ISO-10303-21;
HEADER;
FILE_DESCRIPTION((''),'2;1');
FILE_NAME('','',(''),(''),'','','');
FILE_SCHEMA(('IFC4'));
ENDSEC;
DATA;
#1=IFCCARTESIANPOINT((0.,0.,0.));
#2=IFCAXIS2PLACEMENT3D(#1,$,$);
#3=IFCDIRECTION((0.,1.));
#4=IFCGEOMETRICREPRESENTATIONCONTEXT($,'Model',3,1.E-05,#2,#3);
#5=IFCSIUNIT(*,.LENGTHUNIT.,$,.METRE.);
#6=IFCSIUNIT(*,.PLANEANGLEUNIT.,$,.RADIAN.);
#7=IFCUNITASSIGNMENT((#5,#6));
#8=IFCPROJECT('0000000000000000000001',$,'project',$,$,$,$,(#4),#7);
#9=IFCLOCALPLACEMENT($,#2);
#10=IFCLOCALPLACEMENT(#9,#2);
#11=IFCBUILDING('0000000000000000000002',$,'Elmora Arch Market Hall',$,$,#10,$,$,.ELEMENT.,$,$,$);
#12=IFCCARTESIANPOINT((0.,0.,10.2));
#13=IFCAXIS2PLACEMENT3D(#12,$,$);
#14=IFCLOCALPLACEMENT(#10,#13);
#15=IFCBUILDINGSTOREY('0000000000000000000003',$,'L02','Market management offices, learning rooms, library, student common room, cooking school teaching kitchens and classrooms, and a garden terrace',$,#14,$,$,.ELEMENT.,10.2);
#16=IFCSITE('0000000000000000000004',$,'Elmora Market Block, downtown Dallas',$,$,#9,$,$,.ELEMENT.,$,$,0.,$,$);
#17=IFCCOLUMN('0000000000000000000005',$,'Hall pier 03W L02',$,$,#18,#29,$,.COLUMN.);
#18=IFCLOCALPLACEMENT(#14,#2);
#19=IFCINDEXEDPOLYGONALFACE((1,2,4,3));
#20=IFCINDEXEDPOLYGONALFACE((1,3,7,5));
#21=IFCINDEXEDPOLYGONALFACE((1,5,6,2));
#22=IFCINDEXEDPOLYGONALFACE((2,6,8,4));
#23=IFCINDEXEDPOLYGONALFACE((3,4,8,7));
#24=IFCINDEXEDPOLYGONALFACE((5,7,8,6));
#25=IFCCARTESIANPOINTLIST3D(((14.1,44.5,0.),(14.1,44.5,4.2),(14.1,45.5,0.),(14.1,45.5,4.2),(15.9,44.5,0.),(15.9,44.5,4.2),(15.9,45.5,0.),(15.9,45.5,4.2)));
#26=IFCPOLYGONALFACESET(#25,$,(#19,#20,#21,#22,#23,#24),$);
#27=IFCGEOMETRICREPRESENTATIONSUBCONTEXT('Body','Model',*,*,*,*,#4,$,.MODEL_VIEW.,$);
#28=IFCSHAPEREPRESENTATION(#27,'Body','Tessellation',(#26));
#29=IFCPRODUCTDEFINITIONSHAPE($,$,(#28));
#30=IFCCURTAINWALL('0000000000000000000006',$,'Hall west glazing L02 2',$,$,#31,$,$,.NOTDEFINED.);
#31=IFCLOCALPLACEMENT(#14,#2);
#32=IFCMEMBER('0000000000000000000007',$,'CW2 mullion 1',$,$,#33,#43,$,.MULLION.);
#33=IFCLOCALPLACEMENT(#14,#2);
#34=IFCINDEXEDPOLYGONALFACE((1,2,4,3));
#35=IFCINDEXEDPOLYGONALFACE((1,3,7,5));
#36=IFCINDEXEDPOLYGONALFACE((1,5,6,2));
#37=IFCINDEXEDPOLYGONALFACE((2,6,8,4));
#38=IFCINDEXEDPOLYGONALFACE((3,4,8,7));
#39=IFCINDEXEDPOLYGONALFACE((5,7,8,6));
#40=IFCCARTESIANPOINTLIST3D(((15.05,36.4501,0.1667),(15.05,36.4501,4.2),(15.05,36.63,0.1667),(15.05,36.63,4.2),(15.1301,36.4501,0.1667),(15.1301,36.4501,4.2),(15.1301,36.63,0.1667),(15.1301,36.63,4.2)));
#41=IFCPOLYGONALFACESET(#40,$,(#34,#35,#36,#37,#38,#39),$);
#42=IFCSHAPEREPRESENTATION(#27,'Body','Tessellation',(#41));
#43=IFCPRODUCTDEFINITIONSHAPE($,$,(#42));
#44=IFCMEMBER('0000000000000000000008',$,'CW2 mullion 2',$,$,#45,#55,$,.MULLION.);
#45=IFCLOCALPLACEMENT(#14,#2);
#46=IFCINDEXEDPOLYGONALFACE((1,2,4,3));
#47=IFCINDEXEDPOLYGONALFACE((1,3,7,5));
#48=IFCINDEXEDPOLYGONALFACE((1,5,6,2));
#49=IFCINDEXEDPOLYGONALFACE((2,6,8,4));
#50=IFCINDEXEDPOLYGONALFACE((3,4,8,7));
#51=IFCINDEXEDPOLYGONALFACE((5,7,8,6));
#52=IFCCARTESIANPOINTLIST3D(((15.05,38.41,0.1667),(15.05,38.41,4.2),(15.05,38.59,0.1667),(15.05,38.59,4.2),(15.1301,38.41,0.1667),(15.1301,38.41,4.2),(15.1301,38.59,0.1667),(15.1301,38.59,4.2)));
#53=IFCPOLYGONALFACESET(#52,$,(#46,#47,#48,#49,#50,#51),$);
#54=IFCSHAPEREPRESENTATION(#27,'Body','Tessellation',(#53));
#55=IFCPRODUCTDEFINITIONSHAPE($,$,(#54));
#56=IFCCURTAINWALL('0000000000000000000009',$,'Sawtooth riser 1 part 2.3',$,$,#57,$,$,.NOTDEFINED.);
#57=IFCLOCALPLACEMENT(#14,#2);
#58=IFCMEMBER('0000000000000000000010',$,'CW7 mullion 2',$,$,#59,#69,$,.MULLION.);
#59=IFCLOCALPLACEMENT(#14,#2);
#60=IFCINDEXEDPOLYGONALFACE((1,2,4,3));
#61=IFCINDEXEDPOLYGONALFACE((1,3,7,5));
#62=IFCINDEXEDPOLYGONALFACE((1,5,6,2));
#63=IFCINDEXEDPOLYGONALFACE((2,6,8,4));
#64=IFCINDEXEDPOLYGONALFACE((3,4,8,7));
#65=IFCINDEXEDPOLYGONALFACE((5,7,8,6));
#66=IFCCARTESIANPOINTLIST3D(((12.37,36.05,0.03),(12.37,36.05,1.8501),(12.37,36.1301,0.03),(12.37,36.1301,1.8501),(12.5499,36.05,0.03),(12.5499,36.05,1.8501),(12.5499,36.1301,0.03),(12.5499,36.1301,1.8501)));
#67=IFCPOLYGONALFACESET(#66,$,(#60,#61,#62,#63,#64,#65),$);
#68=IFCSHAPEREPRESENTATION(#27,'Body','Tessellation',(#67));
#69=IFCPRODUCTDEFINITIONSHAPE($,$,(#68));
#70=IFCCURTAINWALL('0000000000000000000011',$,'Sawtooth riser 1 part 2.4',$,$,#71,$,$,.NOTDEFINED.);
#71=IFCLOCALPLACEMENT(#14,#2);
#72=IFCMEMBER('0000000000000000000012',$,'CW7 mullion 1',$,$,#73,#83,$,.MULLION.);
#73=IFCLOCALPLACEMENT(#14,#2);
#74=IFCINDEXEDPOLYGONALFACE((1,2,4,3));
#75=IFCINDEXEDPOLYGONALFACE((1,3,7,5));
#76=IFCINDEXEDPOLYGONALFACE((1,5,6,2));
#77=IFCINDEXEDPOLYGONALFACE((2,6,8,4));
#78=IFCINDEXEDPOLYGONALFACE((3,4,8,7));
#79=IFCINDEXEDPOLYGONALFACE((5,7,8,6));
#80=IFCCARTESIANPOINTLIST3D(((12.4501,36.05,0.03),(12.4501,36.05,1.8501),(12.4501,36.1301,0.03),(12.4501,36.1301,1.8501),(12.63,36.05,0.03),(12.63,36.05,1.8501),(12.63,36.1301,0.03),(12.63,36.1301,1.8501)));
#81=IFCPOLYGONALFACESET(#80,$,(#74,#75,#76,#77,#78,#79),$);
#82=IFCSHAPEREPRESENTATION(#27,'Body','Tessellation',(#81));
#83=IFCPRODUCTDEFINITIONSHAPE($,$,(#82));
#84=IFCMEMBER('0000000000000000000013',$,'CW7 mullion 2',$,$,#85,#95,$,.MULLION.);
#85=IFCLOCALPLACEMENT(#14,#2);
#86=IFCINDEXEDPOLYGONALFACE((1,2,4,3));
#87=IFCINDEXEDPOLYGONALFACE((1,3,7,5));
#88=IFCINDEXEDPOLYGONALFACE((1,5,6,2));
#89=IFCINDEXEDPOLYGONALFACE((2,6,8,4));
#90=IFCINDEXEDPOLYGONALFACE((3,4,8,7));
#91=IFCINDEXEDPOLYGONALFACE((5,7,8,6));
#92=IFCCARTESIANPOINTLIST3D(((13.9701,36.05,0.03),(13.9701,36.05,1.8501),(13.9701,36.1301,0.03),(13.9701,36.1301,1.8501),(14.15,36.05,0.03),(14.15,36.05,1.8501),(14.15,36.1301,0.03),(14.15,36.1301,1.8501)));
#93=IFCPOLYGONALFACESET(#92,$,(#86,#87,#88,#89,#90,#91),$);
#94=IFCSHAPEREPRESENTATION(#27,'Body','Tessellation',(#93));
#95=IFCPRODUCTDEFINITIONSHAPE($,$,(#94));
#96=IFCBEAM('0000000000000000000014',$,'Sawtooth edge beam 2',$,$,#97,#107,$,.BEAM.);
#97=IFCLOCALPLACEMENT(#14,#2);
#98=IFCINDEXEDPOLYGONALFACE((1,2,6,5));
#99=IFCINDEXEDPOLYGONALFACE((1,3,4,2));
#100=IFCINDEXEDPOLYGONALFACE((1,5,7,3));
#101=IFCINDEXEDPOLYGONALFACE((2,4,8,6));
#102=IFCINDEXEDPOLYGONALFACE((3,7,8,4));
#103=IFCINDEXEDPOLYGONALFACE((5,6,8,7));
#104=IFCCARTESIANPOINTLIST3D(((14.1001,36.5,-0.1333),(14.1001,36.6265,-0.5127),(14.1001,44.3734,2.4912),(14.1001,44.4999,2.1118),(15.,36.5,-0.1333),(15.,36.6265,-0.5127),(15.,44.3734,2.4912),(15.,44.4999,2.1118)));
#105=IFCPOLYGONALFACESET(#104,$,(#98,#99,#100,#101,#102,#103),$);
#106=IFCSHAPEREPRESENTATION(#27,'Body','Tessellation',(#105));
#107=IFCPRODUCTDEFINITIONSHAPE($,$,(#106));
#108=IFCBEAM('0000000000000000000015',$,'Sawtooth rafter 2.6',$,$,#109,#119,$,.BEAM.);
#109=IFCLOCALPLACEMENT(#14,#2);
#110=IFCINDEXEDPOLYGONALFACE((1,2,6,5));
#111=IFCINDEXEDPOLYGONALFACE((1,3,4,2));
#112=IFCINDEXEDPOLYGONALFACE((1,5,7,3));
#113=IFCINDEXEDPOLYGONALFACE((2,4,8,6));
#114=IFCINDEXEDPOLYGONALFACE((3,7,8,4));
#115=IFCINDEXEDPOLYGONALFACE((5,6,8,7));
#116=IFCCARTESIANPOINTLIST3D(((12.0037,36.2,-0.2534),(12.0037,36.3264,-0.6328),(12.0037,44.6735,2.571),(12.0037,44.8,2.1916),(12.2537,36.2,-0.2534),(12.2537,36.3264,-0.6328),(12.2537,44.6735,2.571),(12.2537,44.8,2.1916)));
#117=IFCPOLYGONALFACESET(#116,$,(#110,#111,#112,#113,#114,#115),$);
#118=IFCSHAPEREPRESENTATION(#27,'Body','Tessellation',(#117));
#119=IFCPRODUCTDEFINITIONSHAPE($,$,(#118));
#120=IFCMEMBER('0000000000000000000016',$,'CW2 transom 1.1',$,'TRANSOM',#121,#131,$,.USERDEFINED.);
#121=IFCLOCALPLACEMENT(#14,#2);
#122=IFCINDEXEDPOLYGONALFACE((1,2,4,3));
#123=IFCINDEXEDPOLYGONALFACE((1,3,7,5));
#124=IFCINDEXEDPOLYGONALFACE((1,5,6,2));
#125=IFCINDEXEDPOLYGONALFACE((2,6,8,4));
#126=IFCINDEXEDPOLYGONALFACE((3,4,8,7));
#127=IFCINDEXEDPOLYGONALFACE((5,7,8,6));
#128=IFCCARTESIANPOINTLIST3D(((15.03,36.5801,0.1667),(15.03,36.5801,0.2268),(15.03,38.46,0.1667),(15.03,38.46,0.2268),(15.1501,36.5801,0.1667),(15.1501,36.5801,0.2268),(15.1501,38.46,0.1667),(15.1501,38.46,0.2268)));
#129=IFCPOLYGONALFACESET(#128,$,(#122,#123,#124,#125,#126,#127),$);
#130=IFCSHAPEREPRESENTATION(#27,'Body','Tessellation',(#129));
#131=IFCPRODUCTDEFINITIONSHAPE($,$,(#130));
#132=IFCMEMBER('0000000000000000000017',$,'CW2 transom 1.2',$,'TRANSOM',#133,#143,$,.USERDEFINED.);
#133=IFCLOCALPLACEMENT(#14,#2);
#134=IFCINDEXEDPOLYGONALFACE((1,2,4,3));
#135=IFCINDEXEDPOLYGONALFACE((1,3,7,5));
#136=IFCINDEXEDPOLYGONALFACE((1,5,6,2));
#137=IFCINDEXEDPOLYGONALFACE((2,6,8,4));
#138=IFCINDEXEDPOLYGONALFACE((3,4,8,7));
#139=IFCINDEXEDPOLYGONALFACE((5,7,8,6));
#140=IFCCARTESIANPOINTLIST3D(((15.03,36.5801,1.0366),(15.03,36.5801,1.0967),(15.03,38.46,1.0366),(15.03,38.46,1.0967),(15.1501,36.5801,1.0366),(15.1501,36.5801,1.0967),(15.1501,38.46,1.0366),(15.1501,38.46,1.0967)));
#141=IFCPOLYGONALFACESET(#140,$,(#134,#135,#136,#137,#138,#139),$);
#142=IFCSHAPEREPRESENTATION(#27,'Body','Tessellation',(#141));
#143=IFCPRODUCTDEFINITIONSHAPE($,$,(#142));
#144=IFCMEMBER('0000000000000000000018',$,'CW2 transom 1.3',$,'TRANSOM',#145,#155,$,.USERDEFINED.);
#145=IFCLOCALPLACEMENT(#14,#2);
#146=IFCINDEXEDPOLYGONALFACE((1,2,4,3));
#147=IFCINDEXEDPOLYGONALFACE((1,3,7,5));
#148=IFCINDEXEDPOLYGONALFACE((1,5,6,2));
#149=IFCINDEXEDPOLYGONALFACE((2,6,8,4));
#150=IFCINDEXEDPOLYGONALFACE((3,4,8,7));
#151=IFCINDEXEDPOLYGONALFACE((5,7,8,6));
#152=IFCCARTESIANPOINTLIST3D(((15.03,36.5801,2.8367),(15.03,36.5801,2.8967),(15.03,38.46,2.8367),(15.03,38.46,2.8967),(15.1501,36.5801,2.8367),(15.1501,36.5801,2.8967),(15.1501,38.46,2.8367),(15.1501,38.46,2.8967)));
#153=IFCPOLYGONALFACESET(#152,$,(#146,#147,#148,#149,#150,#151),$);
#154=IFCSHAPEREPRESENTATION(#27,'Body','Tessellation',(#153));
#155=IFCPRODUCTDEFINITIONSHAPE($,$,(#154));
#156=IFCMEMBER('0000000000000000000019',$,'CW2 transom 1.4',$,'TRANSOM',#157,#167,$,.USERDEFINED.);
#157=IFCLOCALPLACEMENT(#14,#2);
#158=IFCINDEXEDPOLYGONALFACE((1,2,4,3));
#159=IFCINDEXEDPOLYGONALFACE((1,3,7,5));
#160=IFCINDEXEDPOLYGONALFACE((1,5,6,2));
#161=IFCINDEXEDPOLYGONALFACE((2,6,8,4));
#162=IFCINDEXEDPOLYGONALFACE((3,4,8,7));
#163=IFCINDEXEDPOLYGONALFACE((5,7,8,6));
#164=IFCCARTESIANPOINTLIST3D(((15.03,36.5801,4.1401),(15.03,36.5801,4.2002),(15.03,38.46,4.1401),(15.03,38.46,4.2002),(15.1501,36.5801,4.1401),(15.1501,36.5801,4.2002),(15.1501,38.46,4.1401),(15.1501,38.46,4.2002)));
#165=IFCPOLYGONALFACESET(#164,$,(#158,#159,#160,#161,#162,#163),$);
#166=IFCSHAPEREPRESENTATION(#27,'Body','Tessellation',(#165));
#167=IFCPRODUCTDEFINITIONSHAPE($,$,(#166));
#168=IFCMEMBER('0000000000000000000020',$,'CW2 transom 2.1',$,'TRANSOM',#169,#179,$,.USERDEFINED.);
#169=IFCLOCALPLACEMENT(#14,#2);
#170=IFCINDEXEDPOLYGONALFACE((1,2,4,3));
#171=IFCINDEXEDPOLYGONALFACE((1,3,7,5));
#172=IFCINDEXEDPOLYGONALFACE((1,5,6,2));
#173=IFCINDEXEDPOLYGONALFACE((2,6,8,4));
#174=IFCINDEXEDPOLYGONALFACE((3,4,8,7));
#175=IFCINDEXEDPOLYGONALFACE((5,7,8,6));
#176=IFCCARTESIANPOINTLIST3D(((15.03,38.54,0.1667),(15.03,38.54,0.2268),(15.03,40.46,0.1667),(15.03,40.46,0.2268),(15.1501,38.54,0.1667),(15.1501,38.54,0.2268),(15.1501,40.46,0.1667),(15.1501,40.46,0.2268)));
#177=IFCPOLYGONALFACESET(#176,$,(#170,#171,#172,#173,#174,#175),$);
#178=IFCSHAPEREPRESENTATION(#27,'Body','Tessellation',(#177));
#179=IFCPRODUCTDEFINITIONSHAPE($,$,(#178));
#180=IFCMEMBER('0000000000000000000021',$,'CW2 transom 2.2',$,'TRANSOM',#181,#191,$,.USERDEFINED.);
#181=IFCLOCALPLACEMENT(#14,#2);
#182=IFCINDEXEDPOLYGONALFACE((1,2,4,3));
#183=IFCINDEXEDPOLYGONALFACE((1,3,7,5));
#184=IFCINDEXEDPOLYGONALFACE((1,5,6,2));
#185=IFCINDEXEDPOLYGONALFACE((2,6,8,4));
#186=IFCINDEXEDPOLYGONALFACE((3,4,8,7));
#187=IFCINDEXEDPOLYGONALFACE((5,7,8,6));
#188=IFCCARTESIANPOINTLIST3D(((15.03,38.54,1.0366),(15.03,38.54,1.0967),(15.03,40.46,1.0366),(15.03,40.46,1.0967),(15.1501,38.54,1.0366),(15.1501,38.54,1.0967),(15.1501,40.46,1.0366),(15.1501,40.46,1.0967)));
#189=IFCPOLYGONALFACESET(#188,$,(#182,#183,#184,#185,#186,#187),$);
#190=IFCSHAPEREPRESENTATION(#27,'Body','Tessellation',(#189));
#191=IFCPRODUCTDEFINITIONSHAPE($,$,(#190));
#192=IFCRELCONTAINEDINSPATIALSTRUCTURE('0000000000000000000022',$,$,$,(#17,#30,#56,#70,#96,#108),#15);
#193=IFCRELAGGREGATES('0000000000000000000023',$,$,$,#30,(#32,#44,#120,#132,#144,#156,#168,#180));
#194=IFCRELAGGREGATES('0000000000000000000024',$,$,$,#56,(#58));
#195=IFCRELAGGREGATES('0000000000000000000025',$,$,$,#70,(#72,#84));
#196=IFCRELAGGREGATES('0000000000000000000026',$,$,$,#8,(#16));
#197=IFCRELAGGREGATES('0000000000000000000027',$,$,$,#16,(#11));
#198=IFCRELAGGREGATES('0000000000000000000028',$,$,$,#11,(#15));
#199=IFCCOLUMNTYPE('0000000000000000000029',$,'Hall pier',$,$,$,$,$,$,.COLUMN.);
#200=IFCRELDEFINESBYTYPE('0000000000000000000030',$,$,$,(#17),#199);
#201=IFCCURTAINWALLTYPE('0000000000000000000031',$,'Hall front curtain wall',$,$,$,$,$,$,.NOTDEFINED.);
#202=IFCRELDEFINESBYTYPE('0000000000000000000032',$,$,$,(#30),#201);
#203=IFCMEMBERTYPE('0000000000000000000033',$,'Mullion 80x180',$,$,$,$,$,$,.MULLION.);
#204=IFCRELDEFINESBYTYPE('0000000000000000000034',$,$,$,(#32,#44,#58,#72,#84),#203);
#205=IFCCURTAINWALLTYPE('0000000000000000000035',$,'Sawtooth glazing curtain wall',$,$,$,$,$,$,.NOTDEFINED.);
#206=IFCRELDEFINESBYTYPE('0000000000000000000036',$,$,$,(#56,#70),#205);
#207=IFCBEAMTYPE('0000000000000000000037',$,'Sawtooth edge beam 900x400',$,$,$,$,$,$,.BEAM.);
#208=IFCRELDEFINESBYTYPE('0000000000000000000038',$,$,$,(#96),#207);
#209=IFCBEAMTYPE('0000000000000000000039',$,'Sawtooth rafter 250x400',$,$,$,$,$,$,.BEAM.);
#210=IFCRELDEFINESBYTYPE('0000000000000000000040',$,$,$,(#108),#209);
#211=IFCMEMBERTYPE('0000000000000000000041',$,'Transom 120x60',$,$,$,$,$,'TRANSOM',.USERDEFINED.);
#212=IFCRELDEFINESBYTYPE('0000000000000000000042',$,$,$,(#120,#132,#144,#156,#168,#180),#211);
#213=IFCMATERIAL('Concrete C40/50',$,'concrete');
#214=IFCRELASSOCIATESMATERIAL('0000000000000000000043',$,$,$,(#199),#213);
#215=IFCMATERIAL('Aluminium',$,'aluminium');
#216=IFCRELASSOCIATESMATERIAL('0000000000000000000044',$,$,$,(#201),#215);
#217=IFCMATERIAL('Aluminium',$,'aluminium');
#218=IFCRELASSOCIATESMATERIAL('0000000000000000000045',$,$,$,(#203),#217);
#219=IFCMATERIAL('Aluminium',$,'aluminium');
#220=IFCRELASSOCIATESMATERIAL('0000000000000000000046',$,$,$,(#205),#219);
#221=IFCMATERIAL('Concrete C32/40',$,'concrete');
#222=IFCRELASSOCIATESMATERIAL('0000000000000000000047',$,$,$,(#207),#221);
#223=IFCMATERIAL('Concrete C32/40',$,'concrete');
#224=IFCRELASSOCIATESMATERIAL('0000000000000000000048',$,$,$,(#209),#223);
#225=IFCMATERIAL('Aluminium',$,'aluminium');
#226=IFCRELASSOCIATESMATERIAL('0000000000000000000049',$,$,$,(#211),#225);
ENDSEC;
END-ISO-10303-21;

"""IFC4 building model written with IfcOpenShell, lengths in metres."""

from ifc_helpers import new_model, si_unit, direction, frame, origin, origin_2d, place, context, subcontext, project, spatial, rectangle, extrude, material, material_profile, profile_set, type_object, element, aggregate, save


model = new_model("IFC4")

# Units and contexts
model_context = context("Model", 3, precision=1e-05, world=origin(), true_north=direction((0.0, 1.0)))
body_context = subcontext(model_context, "Body", "Model", "MODEL_VIEW")
ifc_project = project(units=[si_unit("LENGTHUNIT", "METRE"), si_unit("PLANEANGLEUNIT", "RADIAN")], contexts=[model_context])

# Site, building, storey
site_placement = place(None, origin())
site = spatial("IfcSite", under=ifc_project, at=site_placement, Name="Elmora Market Block, downtown Dallas", CompositionType="ELEMENT", RefElevation=0.0)
building_placement = place(site_placement, origin())
building = spatial("IfcBuilding", under=site, at=building_placement, Name="Elmora Arch Market Hall", CompositionType="ELEMENT")
storey_placement = place(building_placement, frame((0.0, 0.0, 10.2)))
storey = spatial("IfcBuildingStorey", under=building, at=storey_placement, Name="L02", Description="Market management offices, learning rooms, library, student common room, cooking school teaching kitchens and classrooms, and a garden terrace", CompositionType="ELEMENT", Elevation=10.2)

# Column
ifc_material_1 = material(Name="Concrete C40/50", Category="concrete")
ifc_material_profile_1 = material_profile(ifc_material_1, rectangle(XDim=1.8, YDim=1.0, at=origin_2d()), Name="Hall pier")
ifc_profile_set_1 = profile_set([ifc_material_profile_1], Name="Concrete C40/50")
column_type = type_object("IfcColumnType", Name="Hall pier", PredefinedType="COLUMN", material=ifc_profile_set_1)
column_placement = place(storey_placement, frame((15.0, 45.0, 0.0), z_axis=(0.0, 0.0, 1.0), x_axis=(1.0, 0.0, 0.0)))
element("IfcColumn", 1, at=column_placement, inside=storey, type_object=column_type, Name="Hall pier 03W L02", PredefinedType="COLUMN", context=body_context, shape_type="SweptSolid", body=[
    extrude(rectangle(XDim=1.8, YDim=1.0, at=origin_2d()), origin(), (0.0, 0.0, 1.0), 4.2),
])

# Curtain wall, members
ifc_material_2 = material(Name="Aluminium", Category="aluminium")
curtain_wall_type_1 = type_object("IfcCurtainWallType", Name="Hall front curtain wall", PredefinedType="NOTDEFINED", material=ifc_material_2)
curtain_wall_1_placement = place(storey_placement, origin())
curtain_wall_1 = element("IfcCurtainWall", 2, at=curtain_wall_1_placement, inside=storey, type_object=curtain_wall_type_1, Name="Hall west glazing L02 2", PredefinedType="NOTDEFINED")
ifc_material_3 = material(Name="Aluminium", Category="aluminium")
ifc_material_profile_2 = material_profile(ifc_material_3, rectangle(XDim=0.0801, YDim=0.1799, at=origin_2d()), Name="AL 80x180")
ifc_profile_set_2 = profile_set([ifc_material_profile_2], Name="Aluminium")
member_type_1 = type_object("IfcMemberType", Name="Mullion 80x180", PredefinedType="MULLION", material=ifc_profile_set_2)
member_1_placement = place(storey_placement, frame((15.0901, 36.54, 0.1667), z_axis=(0.0, 0.0, 1.0), x_axis=(-1.0, 0.0, 0.0)))
member_1 = element("IfcMember", 3, at=member_1_placement, type_object=member_type_1, Name="CW2 mullion 1", PredefinedType="MULLION", context=body_context, shape_type="SweptSolid", body=[
    extrude(rectangle(XDim=0.0801, YDim=0.1799, at=origin_2d()), origin(), (0.0, 0.0, 1.0), 4.0332),
])
member_2_placement = place(storey_placement, frame((15.0901, 38.5, 0.1667), z_axis=(0.0, 0.0, 1.0), x_axis=(-1.0, 0.0, 0.0)))
member_2 = element("IfcMember", 4, at=member_2_placement, type_object=member_type_1, Name="CW2 mullion 2", PredefinedType="MULLION", context=body_context, shape_type="SweptSolid", body=[
    extrude(rectangle(XDim=0.0801, YDim=0.1799, at=origin_2d()), origin(), (0.0, 0.0, 1.0), 4.0332),
])

# Curtain wall, member
ifc_material_4 = material(Name="Aluminium", Category="aluminium")
curtain_wall_type_2 = type_object("IfcCurtainWallType", Name="Sawtooth glazing curtain wall", PredefinedType="NOTDEFINED", material=ifc_material_4)
curtain_wall_2_placement = place(storey_placement, origin())
curtain_wall_2 = element("IfcCurtainWall", 5, at=curtain_wall_2_placement, inside=storey, type_object=curtain_wall_type_2, Name="Sawtooth riser 1 part 2.3", PredefinedType="NOTDEFINED")
member_3_placement = place(storey_placement, frame((12.46, 36.0901, 0.03), z_axis=(0.0, 0.0, 1.0), x_axis=(0.0, 1.0, 0.0)))
member_3 = element("IfcMember", 6, at=member_3_placement, type_object=member_type_1, Name="CW7 mullion 2", PredefinedType="MULLION", context=body_context, shape_type="SweptSolid", body=[
    extrude(rectangle(XDim=0.0801, YDim=0.1799, at=origin_2d()), origin(), (0.0, 0.0, 1.0), 1.8201),
])

# Curtain wall, members
curtain_wall_3_placement = place(storey_placement, origin())
curtain_wall_3 = element("IfcCurtainWall", 7, at=curtain_wall_3_placement, inside=storey, type_object=curtain_wall_type_2, Name="Sawtooth riser 1 part 2.4", PredefinedType="NOTDEFINED")
member_4_placement = place(storey_placement, frame((12.54, 36.0901, 0.03), z_axis=(0.0, 0.0, 1.0), x_axis=(0.0, 1.0, 0.0)))
member_4 = element("IfcMember", 8, at=member_4_placement, type_object=member_type_1, Name="CW7 mullion 1", PredefinedType="MULLION", context=body_context, shape_type="SweptSolid", body=[
    extrude(rectangle(XDim=0.0801, YDim=0.1799, at=origin_2d()), origin(), (0.0, 0.0, 1.0), 1.8201),
])
member_5_placement = place(storey_placement, frame((14.0601, 36.0901, 0.03), z_axis=(0.0, 0.0, 1.0), x_axis=(0.0, 1.0, 0.0)))
member_5 = element("IfcMember", 9, at=member_5_placement, type_object=member_type_1, Name="CW7 mullion 2", PredefinedType="MULLION", context=body_context, shape_type="SweptSolid", body=[
    extrude(rectangle(XDim=0.0801, YDim=0.1799, at=origin_2d()), origin(), (0.0, 0.0, 1.0), 1.8201),
])

# Beams
ifc_material_5 = material(Name="Concrete C32/40", Category="concrete")
ifc_material_profile_3 = material_profile(ifc_material_5, rectangle(XDim=0.8999, YDim=0.3999, at=origin_2d()), Name="Sawtooth edge beam 900x400")
ifc_profile_set_3 = profile_set([ifc_material_profile_3], Name="Concrete C32/40")
beam_type_1 = type_object("IfcBeamType", Name="Sawtooth edge beam 900x400", PredefinedType="BEAM", material=ifc_profile_set_3)
beam_1_placement = place(storey_placement, frame((14.55, 36.5632, -0.323), z_axis=(0.0, 0.948683, 0.316228), x_axis=(-1.0, 0.0, 0.0)))
element("IfcBeam", 10, at=beam_1_placement, inside=storey, type_object=beam_type_1, Name="Sawtooth edge beam 2", PredefinedType="BEAM", context=body_context, shape_type="SweptSolid", body=[
    extrude(rectangle(XDim=0.8999, YDim=0.3999, at=origin_2d()), origin(), (0.0, 0.0, 1.0), 8.2993),
])
ifc_material_6 = material(Name="Concrete C32/40", Category="concrete")
ifc_material_profile_4 = material_profile(ifc_material_6, rectangle(XDim=0.25, YDim=0.3999, at=origin_2d()), Name="Sawtooth rafter 250x400")
ifc_profile_set_4 = profile_set([ifc_material_profile_4], Name="Concrete C32/40")
beam_type_2 = type_object("IfcBeamType", Name="Sawtooth rafter 250x400", PredefinedType="BEAM", material=ifc_profile_set_4)
beam_2_placement = place(storey_placement, frame((12.1287, 36.2632, -0.4431), z_axis=(0.0, 0.948686, 0.31622), x_axis=(-1.0, 0.0, 0.0)))
element("IfcBeam", 11, at=beam_2_placement, inside=storey, type_object=beam_type_2, Name="Sawtooth rafter 2.6", PredefinedType="BEAM", context=body_context, shape_type="SweptSolid", body=[
    extrude(rectangle(XDim=0.25, YDim=0.3999, at=origin_2d()), origin(), (0.0, 0.0, 1.0), 8.9319),
])

# Members
ifc_material_7 = material(Name="Aluminium", Category="aluminium")
ifc_material_profile_5 = material_profile(ifc_material_7, rectangle(XDim=0.1201, YDim=0.0601, at=origin_2d()), Name="AL 120x60")
ifc_profile_set_5 = profile_set([ifc_material_profile_5], Name="Aluminium")
member_type_2 = type_object("IfcMemberType", Name="Transom 120x60", ElementType="TRANSOM", PredefinedType="USERDEFINED", material=ifc_profile_set_5)
member_6_placement = place(storey_placement, frame((15.0901, 36.5801, 0.1968), z_axis=(0.0, 1.0, 0.0), x_axis=(-1.0, 0.0, 0.0)))
member_6 = element("IfcMember", 12, at=member_6_placement, type_object=member_type_2, Name="CW2 transom 1.1", ObjectType="TRANSOM", PredefinedType="USERDEFINED", context=body_context, shape_type="SweptSolid", body=[
    extrude(rectangle(XDim=0.1201, YDim=0.0601, at=origin_2d()), origin(), (0.0, 0.0, 1.0), 1.8799),
])
member_7_placement = place(storey_placement, frame((15.0901, 36.5801, 1.0667), z_axis=(0.0, 1.0, 0.0), x_axis=(-1.0, 0.0, 0.0)))
member_7 = element("IfcMember", 13, at=member_7_placement, type_object=member_type_2, Name="CW2 transom 1.2", ObjectType="TRANSOM", PredefinedType="USERDEFINED", context=body_context, shape_type="SweptSolid", body=[
    extrude(rectangle(XDim=0.1201, YDim=0.0601, at=origin_2d()), origin(), (0.0, 0.0, 1.0), 1.8799),
])
member_8_placement = place(storey_placement, frame((15.0901, 36.5801, 2.8667), z_axis=(0.0, 1.0, 0.0), x_axis=(-1.0, 0.0, 0.0)))
member_8 = element("IfcMember", 14, at=member_8_placement, type_object=member_type_2, Name="CW2 transom 1.3", ObjectType="TRANSOM", PredefinedType="USERDEFINED", context=body_context, shape_type="SweptSolid", body=[
    extrude(rectangle(XDim=0.1201, YDim=0.0601, at=origin_2d()), origin(), (0.0, 0.0, 1.0), 1.8799),
])
member_9_placement = place(storey_placement, frame((15.0901, 36.5801, 4.1702), z_axis=(0.0, 1.0, 0.0), x_axis=(-1.0, 0.0, 0.0)))
member_9 = element("IfcMember", 15, at=member_9_placement, type_object=member_type_2, Name="CW2 transom 1.4", ObjectType="TRANSOM", PredefinedType="USERDEFINED", context=body_context, shape_type="SweptSolid", body=[
    extrude(rectangle(XDim=0.1201, YDim=0.0601, at=origin_2d()), origin(), (0.0, 0.0, 1.0), 1.8799),
])
member_10_placement = place(storey_placement, frame((15.0901, 38.54, 0.1968), z_axis=(0.0, 1.0, 0.0), x_axis=(-1.0, 0.0, 0.0)))
member_10 = element("IfcMember", 16, at=member_10_placement, type_object=member_type_2, Name="CW2 transom 2.1", ObjectType="TRANSOM", PredefinedType="USERDEFINED", context=body_context, shape_type="SweptSolid", body=[
    extrude(rectangle(XDim=0.1201, YDim=0.0601, at=origin_2d()), origin(), (0.0, 0.0, 1.0), 1.9199),
])
member_11_placement = place(storey_placement, frame((15.0901, 38.54, 1.0667), z_axis=(0.0, 1.0, 0.0), x_axis=(-1.0, 0.0, 0.0)))
member_11 = element("IfcMember", 17, at=member_11_placement, type_object=member_type_2, Name="CW2 transom 2.2", ObjectType="TRANSOM", PredefinedType="USERDEFINED", context=body_context, shape_type="SweptSolid", body=[
    extrude(rectangle(XDim=0.1201, YDim=0.0601, at=origin_2d()), origin(), (0.0, 0.0, 1.0), 1.9199),
])

aggregate(curtain_wall_1, [member_1, member_2, member_6, member_7, member_8, member_9, member_10, member_11])
aggregate(curtain_wall_2, [member_3])
aggregate(curtain_wall_3, [member_4, member_5])

save(model, "model.ifc")
